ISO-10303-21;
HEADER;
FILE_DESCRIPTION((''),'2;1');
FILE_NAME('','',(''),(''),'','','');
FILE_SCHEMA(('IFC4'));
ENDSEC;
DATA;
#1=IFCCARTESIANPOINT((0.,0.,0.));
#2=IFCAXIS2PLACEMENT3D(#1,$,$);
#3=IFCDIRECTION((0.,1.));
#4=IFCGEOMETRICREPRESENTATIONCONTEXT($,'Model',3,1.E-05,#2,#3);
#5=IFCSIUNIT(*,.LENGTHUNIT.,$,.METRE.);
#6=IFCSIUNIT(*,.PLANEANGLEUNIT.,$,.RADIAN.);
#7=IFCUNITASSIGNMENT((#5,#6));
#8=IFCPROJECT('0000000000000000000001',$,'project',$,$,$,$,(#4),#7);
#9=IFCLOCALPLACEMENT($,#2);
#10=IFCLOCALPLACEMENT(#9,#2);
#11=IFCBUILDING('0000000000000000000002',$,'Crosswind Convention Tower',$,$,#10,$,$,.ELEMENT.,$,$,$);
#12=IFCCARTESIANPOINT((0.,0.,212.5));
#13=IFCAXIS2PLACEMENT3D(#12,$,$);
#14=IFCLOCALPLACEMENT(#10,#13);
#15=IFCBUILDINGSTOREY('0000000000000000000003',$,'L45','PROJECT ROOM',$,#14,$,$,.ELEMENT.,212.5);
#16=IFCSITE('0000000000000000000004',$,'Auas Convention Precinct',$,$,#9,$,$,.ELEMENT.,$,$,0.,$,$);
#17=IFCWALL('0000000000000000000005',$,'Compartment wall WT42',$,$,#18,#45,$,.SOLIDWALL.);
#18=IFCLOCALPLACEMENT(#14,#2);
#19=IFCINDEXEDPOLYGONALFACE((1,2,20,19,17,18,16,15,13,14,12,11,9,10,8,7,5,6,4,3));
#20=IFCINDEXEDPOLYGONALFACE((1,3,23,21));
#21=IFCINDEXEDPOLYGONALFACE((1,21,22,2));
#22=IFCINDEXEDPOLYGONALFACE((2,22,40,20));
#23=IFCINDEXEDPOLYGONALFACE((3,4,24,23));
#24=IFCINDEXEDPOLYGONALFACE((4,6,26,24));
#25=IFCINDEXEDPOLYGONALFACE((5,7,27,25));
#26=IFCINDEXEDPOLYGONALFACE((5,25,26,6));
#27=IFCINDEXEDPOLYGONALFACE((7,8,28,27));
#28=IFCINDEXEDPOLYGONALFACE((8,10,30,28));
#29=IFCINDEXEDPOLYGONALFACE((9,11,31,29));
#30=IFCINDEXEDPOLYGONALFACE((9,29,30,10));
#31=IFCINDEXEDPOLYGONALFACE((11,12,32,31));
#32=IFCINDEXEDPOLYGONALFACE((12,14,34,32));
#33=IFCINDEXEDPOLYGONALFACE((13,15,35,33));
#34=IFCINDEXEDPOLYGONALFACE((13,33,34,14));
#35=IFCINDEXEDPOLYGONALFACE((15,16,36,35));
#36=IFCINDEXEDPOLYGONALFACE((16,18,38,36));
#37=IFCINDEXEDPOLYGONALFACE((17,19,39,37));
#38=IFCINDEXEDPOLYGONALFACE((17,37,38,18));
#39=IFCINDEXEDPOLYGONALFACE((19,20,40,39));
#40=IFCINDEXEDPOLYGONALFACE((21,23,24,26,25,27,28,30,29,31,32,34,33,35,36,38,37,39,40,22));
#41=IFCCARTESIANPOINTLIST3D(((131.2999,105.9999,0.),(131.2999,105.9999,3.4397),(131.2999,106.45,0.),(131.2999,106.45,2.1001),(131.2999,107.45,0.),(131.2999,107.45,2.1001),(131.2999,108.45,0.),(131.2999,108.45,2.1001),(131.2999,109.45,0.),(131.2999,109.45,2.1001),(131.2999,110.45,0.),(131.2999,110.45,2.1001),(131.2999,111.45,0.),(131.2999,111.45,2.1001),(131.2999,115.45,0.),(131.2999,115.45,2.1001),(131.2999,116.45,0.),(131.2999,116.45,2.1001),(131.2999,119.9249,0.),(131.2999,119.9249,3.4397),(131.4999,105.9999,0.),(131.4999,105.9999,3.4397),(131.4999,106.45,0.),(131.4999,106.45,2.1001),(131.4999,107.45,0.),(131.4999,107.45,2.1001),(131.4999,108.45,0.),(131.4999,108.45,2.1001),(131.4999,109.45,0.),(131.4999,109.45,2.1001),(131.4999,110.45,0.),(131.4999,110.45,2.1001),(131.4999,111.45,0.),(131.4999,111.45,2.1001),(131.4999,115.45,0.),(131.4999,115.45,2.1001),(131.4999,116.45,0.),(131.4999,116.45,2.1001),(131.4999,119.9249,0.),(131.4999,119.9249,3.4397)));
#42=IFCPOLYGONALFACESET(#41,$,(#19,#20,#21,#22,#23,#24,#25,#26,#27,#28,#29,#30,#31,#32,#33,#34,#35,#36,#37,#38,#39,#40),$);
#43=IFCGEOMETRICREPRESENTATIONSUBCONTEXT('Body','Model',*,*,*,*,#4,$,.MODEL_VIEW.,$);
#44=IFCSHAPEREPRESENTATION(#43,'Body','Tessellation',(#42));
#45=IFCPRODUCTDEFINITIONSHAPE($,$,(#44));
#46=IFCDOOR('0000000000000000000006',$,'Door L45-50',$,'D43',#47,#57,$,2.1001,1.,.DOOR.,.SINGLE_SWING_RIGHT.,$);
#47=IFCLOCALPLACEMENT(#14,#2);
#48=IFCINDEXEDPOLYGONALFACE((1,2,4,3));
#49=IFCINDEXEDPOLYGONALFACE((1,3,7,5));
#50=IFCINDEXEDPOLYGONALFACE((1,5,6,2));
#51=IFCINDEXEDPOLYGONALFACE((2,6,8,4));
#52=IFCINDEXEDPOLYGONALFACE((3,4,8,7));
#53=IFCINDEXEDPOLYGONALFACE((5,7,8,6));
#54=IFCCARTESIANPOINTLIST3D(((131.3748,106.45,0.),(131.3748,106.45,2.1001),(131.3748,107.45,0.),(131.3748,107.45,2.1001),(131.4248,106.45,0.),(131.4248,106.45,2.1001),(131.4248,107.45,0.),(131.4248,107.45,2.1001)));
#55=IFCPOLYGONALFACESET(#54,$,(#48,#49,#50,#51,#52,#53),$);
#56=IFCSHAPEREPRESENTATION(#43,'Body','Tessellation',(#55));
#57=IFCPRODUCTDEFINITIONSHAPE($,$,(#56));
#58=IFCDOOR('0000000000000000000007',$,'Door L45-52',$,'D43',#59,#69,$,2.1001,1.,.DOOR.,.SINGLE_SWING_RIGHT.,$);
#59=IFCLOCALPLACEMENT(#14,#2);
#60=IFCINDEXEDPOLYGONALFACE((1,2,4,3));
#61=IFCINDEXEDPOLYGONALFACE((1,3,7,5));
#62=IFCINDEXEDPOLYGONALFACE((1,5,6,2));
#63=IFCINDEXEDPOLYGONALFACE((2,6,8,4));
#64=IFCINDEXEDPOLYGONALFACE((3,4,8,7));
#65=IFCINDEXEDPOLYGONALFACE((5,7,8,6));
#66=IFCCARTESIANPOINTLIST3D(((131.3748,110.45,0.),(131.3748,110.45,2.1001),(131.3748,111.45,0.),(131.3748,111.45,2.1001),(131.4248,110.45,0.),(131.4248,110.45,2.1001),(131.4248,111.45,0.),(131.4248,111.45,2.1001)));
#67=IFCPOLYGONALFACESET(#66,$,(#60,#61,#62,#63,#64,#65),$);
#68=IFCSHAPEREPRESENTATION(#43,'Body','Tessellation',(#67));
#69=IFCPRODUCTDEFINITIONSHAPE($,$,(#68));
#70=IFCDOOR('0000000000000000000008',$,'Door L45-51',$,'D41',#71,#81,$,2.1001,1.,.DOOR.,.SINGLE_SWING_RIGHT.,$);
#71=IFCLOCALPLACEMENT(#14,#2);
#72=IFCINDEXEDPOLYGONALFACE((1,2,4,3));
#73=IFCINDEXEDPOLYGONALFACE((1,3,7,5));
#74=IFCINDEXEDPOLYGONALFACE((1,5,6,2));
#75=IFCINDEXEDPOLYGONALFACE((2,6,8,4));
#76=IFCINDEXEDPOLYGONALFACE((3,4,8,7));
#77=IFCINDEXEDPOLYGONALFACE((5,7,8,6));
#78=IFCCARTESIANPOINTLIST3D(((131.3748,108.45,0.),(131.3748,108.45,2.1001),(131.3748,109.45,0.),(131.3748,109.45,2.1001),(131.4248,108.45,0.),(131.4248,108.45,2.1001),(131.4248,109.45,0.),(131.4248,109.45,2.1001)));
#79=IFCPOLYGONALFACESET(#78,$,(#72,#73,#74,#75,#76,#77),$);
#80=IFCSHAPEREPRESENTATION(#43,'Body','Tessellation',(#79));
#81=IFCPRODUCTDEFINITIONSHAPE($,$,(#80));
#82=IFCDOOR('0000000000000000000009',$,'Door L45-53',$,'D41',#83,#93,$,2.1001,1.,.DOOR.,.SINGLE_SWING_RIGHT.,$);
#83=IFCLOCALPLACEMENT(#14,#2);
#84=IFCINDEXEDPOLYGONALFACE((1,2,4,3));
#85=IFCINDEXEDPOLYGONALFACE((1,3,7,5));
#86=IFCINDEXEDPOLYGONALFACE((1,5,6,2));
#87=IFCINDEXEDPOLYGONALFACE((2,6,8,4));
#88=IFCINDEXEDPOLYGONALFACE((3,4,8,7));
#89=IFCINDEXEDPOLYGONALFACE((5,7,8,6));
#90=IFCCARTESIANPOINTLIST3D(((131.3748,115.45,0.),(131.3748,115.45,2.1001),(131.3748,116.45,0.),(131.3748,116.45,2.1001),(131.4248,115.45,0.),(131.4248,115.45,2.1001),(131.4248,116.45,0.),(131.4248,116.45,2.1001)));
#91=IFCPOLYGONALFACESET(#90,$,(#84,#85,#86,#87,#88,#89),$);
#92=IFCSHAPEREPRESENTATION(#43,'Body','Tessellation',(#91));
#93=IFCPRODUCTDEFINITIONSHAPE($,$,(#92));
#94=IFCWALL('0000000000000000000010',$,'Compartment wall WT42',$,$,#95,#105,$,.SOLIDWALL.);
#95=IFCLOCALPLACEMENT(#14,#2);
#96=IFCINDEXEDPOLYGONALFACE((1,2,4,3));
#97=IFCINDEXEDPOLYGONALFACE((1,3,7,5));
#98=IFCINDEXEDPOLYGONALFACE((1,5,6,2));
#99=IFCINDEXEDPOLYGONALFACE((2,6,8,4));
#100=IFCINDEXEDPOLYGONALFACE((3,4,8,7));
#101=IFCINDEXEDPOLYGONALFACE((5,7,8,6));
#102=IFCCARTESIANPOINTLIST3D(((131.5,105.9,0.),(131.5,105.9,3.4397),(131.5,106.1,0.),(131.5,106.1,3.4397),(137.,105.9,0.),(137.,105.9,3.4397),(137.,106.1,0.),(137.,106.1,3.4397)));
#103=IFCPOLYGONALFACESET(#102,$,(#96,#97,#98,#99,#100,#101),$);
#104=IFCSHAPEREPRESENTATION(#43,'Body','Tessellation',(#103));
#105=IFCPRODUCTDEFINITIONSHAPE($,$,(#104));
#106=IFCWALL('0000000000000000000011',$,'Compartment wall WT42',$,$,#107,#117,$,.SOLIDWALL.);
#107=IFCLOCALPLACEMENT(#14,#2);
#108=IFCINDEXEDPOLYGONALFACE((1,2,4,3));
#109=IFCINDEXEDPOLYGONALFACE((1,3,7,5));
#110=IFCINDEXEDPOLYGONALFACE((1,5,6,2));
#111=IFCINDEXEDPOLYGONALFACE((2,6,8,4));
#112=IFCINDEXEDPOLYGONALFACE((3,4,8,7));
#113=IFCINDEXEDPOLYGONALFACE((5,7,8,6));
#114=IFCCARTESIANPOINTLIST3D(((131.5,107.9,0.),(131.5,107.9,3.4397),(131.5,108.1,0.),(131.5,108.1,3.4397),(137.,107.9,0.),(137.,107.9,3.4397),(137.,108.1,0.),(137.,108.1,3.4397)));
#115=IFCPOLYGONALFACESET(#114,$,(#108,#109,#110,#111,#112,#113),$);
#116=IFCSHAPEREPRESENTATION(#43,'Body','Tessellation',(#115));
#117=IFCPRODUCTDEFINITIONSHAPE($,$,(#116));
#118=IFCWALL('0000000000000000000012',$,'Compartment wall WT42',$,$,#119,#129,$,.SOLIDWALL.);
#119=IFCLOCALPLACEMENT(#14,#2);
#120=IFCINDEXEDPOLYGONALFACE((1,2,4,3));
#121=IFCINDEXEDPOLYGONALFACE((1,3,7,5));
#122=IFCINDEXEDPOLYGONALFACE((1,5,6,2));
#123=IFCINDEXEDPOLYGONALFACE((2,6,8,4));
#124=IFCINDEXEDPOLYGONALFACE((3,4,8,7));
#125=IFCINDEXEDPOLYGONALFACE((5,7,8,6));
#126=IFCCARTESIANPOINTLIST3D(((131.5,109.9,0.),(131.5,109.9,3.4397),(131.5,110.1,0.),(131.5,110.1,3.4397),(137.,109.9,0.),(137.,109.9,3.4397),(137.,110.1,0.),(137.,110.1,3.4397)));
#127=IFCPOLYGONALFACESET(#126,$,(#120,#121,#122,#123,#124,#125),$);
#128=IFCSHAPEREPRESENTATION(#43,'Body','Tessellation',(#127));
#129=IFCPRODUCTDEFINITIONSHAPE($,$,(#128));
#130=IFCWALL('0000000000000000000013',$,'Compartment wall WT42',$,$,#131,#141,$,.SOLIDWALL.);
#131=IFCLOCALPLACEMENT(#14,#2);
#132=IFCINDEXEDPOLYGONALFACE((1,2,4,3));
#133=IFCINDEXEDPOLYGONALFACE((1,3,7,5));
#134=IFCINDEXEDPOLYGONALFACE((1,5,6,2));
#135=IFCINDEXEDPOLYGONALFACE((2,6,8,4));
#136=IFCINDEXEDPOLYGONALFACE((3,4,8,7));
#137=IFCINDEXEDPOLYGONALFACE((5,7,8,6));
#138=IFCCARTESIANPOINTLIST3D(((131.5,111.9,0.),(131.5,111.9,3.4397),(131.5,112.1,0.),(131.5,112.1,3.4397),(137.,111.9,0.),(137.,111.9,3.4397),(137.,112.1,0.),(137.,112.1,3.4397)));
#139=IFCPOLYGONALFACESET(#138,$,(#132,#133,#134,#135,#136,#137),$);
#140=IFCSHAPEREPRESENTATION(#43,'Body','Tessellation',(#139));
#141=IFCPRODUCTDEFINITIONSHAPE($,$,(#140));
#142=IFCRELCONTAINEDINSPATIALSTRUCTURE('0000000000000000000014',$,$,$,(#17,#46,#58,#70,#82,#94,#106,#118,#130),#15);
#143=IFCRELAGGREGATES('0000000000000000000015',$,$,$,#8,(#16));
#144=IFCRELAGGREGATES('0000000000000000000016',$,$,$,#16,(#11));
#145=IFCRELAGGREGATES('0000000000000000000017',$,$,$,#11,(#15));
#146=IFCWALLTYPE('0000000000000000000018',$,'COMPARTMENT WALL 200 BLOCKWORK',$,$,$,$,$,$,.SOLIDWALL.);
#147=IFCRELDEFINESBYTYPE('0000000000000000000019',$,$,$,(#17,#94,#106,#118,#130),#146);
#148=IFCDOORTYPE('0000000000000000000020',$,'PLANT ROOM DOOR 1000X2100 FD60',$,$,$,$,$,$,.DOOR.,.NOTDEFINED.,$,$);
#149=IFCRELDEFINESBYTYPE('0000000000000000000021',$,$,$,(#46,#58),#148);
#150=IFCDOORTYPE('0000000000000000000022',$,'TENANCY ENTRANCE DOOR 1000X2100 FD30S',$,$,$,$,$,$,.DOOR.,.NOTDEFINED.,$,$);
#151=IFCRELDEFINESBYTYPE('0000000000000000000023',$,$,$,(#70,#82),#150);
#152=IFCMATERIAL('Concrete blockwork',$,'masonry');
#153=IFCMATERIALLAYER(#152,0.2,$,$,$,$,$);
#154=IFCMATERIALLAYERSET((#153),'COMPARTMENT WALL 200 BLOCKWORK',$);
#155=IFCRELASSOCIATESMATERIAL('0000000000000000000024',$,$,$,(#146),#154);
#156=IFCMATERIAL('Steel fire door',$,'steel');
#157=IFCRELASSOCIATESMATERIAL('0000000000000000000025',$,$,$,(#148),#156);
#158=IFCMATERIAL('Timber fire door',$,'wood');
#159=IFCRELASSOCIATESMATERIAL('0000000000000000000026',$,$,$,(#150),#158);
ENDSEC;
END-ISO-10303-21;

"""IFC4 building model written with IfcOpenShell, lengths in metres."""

from ifc_helpers import new_model, si_unit, direction, frame, frame_2d, origin, place, context, subcontext, project, spatial, rectangle, extrude, material, layer, layer_set, type_object, element, fill, save


model = new_model("IFC4")

# Units and contexts
model_context = context("Model", 3, precision=1e-05, world=origin(), true_north=direction((0.0, 1.0)))
body_context = subcontext(model_context, "Body", "Model", "MODEL_VIEW")
ifc_project = project(units=[si_unit("LENGTHUNIT", "METRE"), si_unit("PLANEANGLEUNIT", "RADIAN")], contexts=[model_context])

# Site, building, storey
site_placement = place(None, origin())
site = spatial("IfcSite", under=ifc_project, at=site_placement, Name="Auas Convention Precinct", CompositionType="ELEMENT", RefElevation=0.0)
building_placement = place(site_placement, origin())
building = spatial("IfcBuilding", under=site, at=building_placement, Name="Crosswind Convention Tower", CompositionType="ELEMENT")
storey_placement = place(building_placement, frame((0.0, 0.0, 212.5)))
storey = spatial("IfcBuildingStorey", under=building, at=storey_placement, Name="L45", Description="PROJECT ROOM", CompositionType="ELEMENT", Elevation=212.5)

# Wall, openings, doors
ifc_material_1 = material(Name="Concrete blockwork", Category="masonry")
ifc_layer = layer(ifc_material_1, 0.2)
ifc_layer_set = layer_set([ifc_layer], Name="COMPARTMENT WALL 200 BLOCKWORK")
wall_type = type_object("IfcWallType", Name="COMPARTMENT WALL 200 BLOCKWORK", PredefinedType="SOLIDWALL", material=ifc_layer_set)
wall_placement = place(storey_placement, frame((131.3999, 106.0, 0.0), z_axis=(0.0, 0.0, 1.0), x_axis=(0.0, 1.0, 0.0)))
wall = element("IfcWall", 1, at=wall_placement, inside=storey, type_object=wall_type, Name="Compartment wall WT42", PredefinedType="SOLIDWALL", context=body_context, shape_type="SweptSolid", body=[
    extrude(rectangle(XDim=13.925, YDim=0.2, at=frame_2d((6.9624, 0.0))), origin(), (0.0, 0.0, 1.0), 3.4397),
])
opening_1_placement = place(wall_placement, frame((0.45, 0.0, 0.0)))
opening_1 = element("IfcOpeningElement", 2, at=opening_1_placement, cuts=wall, PredefinedType="OPENING", context=body_context, shape_type="SweptSolid", body=[
    extrude(rectangle(XDim=1.0, YDim=2.1001, at=frame_2d((0.5, 1.05))), frame((0.0, 0.1099, 0.0), z_axis=(0.0, -1.0, 0.0), x_axis=(1.0, 0.0, 0.0)), (0.0, 0.0, 1.0), 0.22),
])
opening_2_placement = place(wall_placement, frame((2.45, 0.0, 0.0)))
opening_2 = element("IfcOpeningElement", 3, at=opening_2_placement, cuts=wall, PredefinedType="OPENING", context=body_context, shape_type="SweptSolid", body=[
    extrude(rectangle(XDim=1.0, YDim=2.1001, at=frame_2d((0.5, 1.05))), frame((0.0, 0.1099, 0.0), z_axis=(0.0, -1.0, 0.0), x_axis=(1.0, 0.0, 0.0)), (0.0, 0.0, 1.0), 0.22),
])
opening_3_placement = place(wall_placement, frame((4.45, 0.0, 0.0)))
opening_3 = element("IfcOpeningElement", 4, at=opening_3_placement, cuts=wall, PredefinedType="OPENING", context=body_context, shape_type="SweptSolid", body=[
    extrude(rectangle(XDim=1.0, YDim=2.1001, at=frame_2d((0.5, 1.05))), frame((0.0, 0.1099, 0.0), z_axis=(0.0, -1.0, 0.0), x_axis=(1.0, 0.0, 0.0)), (0.0, 0.0, 1.0), 0.22),
])
opening_4_placement = place(wall_placement, frame((9.45, 0.0, 0.0)))
opening_4 = element("IfcOpeningElement", 5, at=opening_4_placement, cuts=wall, PredefinedType="OPENING", context=body_context, shape_type="SweptSolid", body=[
    extrude(rectangle(XDim=1.0, YDim=2.1001, at=frame_2d((0.5, 1.05))), frame((0.0, 0.1099, 0.0), z_axis=(0.0, -1.0, 0.0), x_axis=(1.0, 0.0, 0.0)), (0.0, 0.0, 1.0), 0.22),
])
ifc_material_2 = material(Name="Steel fire door", Category="steel")
door_type_1 = type_object("IfcDoorType", Name="PLANT ROOM DOOR 1000X2100 FD60", OperationType="NOTDEFINED", PredefinedType="DOOR", material=ifc_material_2)
door_1_placement = place(opening_1_placement, frame((1.0, 0.0, 0.0), z_axis=(0.0, 0.0, 1.0), x_axis=(-1.0, 0.0, 0.0)))
door_1 = element("IfcDoor", 6, at=door_1_placement, inside=storey, type_object=door_type_1, Name="Door L45-50", ObjectType="D43", OperationType="SINGLE_SWING_RIGHT", OverallHeight=2.1001, OverallWidth=1.0, PredefinedType="DOOR", context=body_context, shape_type="SweptSolid", body=[
    extrude(rectangle(XDim=1.0, YDim=2.1001, at=frame_2d((0.5, 1.05))), frame((0.0, 0.0249, 0.0), z_axis=(0.0, -1.0, 0.0), x_axis=(1.0, 0.0, 0.0)), (0.0, 0.0, 1.0), 0.05),
])
fill(opening_1, door_1)
door_2_placement = place(opening_3_placement, frame((1.0, 0.0, 0.0), z_axis=(0.0, 0.0, 1.0), x_axis=(-1.0, 0.0, 0.0)))
door_2 = element("IfcDoor", 7, at=door_2_placement, inside=storey, type_object=door_type_1, Name="Door L45-52", ObjectType="D43", OperationType="SINGLE_SWING_RIGHT", OverallHeight=2.1001, OverallWidth=1.0, PredefinedType="DOOR", context=body_context, shape_type="SweptSolid", body=[
    extrude(rectangle(XDim=1.0, YDim=2.1001, at=frame_2d((0.5, 1.05))), frame((0.0, 0.0249, 0.0), z_axis=(0.0, -1.0, 0.0), x_axis=(1.0, 0.0, 0.0)), (0.0, 0.0, 1.0), 0.05),
])
fill(opening_3, door_2)
ifc_material_3 = material(Name="Timber fire door", Category="wood")
door_type_2 = type_object("IfcDoorType", Name="TENANCY ENTRANCE DOOR 1000X2100 FD30S", OperationType="NOTDEFINED", PredefinedType="DOOR", material=ifc_material_3)
door_3_placement = place(opening_2_placement, frame((1.0, 0.0, 0.0), z_axis=(0.0, 0.0, 1.0), x_axis=(-1.0, 0.0, 0.0)))
door_3 = element("IfcDoor", 8, at=door_3_placement, inside=storey, type_object=door_type_2, Name="Door L45-51", ObjectType="D41", OperationType="SINGLE_SWING_RIGHT", OverallHeight=2.1001, OverallWidth=1.0, PredefinedType="DOOR", context=body_context, shape_type="SweptSolid", body=[
    extrude(rectangle(XDim=1.0, YDim=2.1001, at=frame_2d((0.5, 1.05))), frame((0.0, 0.0249, 0.0), z_axis=(0.0, -1.0, 0.0), x_axis=(1.0, 0.0, 0.0)), (0.0, 0.0, 1.0), 0.05),
])
fill(opening_2, door_3)
door_4_placement = place(opening_4_placement, frame((1.0, 0.0, 0.0), z_axis=(0.0, 0.0, 1.0), x_axis=(-1.0, 0.0, 0.0)))
door_4 = element("IfcDoor", 9, at=door_4_placement, inside=storey, type_object=door_type_2, Name="Door L45-53", ObjectType="D41", OperationType="SINGLE_SWING_RIGHT", OverallHeight=2.1001, OverallWidth=1.0, PredefinedType="DOOR", context=body_context, shape_type="SweptSolid", body=[
    extrude(rectangle(XDim=1.0, YDim=2.1001, at=frame_2d((0.5, 1.05))), frame((0.0, 0.0249, 0.0), z_axis=(0.0, -1.0, 0.0), x_axis=(1.0, 0.0, 0.0)), (0.0, 0.0, 1.0), 0.05),
])
fill(opening_4, door_4)

# Walls
for number, where, z_axis, x_axis, name in (
    (10, (131.5, 106.0, 0.0), (0.0, 0.0, 1.0), (1.0, 0.0, 0.0), "Compartment wall WT42"),
    (11, (131.5, 108.0, 0.0), (0.0, 0.0, 1.0), (1.0, 0.0, 0.0), "Compartment wall WT42"),
    (12, (131.5, 110.0, 0.0), (0.0, 0.0, 1.0), (1.0, 0.0, 0.0), "Compartment wall WT42"),
    (13, (131.5, 112.0, 0.0), (0.0, 0.0, 1.0), (1.0, 0.0, 0.0), "Compartment wall WT42"),
):
    element("IfcWall", number, at=place(storey_placement, frame(where, z_axis=z_axis, x_axis=x_axis)), inside=storey, type_object=wall_type, Name=name, PredefinedType="SOLIDWALL", context=body_context, shape_type="SweptSolid", body=[
        extrude(rectangle(XDim=5.5, YDim=0.2, at=frame_2d((2.75, 0.0))), origin(), (0.0, 0.0, 1.0), 3.4397),
    ])

save(model, "model.ifc")
